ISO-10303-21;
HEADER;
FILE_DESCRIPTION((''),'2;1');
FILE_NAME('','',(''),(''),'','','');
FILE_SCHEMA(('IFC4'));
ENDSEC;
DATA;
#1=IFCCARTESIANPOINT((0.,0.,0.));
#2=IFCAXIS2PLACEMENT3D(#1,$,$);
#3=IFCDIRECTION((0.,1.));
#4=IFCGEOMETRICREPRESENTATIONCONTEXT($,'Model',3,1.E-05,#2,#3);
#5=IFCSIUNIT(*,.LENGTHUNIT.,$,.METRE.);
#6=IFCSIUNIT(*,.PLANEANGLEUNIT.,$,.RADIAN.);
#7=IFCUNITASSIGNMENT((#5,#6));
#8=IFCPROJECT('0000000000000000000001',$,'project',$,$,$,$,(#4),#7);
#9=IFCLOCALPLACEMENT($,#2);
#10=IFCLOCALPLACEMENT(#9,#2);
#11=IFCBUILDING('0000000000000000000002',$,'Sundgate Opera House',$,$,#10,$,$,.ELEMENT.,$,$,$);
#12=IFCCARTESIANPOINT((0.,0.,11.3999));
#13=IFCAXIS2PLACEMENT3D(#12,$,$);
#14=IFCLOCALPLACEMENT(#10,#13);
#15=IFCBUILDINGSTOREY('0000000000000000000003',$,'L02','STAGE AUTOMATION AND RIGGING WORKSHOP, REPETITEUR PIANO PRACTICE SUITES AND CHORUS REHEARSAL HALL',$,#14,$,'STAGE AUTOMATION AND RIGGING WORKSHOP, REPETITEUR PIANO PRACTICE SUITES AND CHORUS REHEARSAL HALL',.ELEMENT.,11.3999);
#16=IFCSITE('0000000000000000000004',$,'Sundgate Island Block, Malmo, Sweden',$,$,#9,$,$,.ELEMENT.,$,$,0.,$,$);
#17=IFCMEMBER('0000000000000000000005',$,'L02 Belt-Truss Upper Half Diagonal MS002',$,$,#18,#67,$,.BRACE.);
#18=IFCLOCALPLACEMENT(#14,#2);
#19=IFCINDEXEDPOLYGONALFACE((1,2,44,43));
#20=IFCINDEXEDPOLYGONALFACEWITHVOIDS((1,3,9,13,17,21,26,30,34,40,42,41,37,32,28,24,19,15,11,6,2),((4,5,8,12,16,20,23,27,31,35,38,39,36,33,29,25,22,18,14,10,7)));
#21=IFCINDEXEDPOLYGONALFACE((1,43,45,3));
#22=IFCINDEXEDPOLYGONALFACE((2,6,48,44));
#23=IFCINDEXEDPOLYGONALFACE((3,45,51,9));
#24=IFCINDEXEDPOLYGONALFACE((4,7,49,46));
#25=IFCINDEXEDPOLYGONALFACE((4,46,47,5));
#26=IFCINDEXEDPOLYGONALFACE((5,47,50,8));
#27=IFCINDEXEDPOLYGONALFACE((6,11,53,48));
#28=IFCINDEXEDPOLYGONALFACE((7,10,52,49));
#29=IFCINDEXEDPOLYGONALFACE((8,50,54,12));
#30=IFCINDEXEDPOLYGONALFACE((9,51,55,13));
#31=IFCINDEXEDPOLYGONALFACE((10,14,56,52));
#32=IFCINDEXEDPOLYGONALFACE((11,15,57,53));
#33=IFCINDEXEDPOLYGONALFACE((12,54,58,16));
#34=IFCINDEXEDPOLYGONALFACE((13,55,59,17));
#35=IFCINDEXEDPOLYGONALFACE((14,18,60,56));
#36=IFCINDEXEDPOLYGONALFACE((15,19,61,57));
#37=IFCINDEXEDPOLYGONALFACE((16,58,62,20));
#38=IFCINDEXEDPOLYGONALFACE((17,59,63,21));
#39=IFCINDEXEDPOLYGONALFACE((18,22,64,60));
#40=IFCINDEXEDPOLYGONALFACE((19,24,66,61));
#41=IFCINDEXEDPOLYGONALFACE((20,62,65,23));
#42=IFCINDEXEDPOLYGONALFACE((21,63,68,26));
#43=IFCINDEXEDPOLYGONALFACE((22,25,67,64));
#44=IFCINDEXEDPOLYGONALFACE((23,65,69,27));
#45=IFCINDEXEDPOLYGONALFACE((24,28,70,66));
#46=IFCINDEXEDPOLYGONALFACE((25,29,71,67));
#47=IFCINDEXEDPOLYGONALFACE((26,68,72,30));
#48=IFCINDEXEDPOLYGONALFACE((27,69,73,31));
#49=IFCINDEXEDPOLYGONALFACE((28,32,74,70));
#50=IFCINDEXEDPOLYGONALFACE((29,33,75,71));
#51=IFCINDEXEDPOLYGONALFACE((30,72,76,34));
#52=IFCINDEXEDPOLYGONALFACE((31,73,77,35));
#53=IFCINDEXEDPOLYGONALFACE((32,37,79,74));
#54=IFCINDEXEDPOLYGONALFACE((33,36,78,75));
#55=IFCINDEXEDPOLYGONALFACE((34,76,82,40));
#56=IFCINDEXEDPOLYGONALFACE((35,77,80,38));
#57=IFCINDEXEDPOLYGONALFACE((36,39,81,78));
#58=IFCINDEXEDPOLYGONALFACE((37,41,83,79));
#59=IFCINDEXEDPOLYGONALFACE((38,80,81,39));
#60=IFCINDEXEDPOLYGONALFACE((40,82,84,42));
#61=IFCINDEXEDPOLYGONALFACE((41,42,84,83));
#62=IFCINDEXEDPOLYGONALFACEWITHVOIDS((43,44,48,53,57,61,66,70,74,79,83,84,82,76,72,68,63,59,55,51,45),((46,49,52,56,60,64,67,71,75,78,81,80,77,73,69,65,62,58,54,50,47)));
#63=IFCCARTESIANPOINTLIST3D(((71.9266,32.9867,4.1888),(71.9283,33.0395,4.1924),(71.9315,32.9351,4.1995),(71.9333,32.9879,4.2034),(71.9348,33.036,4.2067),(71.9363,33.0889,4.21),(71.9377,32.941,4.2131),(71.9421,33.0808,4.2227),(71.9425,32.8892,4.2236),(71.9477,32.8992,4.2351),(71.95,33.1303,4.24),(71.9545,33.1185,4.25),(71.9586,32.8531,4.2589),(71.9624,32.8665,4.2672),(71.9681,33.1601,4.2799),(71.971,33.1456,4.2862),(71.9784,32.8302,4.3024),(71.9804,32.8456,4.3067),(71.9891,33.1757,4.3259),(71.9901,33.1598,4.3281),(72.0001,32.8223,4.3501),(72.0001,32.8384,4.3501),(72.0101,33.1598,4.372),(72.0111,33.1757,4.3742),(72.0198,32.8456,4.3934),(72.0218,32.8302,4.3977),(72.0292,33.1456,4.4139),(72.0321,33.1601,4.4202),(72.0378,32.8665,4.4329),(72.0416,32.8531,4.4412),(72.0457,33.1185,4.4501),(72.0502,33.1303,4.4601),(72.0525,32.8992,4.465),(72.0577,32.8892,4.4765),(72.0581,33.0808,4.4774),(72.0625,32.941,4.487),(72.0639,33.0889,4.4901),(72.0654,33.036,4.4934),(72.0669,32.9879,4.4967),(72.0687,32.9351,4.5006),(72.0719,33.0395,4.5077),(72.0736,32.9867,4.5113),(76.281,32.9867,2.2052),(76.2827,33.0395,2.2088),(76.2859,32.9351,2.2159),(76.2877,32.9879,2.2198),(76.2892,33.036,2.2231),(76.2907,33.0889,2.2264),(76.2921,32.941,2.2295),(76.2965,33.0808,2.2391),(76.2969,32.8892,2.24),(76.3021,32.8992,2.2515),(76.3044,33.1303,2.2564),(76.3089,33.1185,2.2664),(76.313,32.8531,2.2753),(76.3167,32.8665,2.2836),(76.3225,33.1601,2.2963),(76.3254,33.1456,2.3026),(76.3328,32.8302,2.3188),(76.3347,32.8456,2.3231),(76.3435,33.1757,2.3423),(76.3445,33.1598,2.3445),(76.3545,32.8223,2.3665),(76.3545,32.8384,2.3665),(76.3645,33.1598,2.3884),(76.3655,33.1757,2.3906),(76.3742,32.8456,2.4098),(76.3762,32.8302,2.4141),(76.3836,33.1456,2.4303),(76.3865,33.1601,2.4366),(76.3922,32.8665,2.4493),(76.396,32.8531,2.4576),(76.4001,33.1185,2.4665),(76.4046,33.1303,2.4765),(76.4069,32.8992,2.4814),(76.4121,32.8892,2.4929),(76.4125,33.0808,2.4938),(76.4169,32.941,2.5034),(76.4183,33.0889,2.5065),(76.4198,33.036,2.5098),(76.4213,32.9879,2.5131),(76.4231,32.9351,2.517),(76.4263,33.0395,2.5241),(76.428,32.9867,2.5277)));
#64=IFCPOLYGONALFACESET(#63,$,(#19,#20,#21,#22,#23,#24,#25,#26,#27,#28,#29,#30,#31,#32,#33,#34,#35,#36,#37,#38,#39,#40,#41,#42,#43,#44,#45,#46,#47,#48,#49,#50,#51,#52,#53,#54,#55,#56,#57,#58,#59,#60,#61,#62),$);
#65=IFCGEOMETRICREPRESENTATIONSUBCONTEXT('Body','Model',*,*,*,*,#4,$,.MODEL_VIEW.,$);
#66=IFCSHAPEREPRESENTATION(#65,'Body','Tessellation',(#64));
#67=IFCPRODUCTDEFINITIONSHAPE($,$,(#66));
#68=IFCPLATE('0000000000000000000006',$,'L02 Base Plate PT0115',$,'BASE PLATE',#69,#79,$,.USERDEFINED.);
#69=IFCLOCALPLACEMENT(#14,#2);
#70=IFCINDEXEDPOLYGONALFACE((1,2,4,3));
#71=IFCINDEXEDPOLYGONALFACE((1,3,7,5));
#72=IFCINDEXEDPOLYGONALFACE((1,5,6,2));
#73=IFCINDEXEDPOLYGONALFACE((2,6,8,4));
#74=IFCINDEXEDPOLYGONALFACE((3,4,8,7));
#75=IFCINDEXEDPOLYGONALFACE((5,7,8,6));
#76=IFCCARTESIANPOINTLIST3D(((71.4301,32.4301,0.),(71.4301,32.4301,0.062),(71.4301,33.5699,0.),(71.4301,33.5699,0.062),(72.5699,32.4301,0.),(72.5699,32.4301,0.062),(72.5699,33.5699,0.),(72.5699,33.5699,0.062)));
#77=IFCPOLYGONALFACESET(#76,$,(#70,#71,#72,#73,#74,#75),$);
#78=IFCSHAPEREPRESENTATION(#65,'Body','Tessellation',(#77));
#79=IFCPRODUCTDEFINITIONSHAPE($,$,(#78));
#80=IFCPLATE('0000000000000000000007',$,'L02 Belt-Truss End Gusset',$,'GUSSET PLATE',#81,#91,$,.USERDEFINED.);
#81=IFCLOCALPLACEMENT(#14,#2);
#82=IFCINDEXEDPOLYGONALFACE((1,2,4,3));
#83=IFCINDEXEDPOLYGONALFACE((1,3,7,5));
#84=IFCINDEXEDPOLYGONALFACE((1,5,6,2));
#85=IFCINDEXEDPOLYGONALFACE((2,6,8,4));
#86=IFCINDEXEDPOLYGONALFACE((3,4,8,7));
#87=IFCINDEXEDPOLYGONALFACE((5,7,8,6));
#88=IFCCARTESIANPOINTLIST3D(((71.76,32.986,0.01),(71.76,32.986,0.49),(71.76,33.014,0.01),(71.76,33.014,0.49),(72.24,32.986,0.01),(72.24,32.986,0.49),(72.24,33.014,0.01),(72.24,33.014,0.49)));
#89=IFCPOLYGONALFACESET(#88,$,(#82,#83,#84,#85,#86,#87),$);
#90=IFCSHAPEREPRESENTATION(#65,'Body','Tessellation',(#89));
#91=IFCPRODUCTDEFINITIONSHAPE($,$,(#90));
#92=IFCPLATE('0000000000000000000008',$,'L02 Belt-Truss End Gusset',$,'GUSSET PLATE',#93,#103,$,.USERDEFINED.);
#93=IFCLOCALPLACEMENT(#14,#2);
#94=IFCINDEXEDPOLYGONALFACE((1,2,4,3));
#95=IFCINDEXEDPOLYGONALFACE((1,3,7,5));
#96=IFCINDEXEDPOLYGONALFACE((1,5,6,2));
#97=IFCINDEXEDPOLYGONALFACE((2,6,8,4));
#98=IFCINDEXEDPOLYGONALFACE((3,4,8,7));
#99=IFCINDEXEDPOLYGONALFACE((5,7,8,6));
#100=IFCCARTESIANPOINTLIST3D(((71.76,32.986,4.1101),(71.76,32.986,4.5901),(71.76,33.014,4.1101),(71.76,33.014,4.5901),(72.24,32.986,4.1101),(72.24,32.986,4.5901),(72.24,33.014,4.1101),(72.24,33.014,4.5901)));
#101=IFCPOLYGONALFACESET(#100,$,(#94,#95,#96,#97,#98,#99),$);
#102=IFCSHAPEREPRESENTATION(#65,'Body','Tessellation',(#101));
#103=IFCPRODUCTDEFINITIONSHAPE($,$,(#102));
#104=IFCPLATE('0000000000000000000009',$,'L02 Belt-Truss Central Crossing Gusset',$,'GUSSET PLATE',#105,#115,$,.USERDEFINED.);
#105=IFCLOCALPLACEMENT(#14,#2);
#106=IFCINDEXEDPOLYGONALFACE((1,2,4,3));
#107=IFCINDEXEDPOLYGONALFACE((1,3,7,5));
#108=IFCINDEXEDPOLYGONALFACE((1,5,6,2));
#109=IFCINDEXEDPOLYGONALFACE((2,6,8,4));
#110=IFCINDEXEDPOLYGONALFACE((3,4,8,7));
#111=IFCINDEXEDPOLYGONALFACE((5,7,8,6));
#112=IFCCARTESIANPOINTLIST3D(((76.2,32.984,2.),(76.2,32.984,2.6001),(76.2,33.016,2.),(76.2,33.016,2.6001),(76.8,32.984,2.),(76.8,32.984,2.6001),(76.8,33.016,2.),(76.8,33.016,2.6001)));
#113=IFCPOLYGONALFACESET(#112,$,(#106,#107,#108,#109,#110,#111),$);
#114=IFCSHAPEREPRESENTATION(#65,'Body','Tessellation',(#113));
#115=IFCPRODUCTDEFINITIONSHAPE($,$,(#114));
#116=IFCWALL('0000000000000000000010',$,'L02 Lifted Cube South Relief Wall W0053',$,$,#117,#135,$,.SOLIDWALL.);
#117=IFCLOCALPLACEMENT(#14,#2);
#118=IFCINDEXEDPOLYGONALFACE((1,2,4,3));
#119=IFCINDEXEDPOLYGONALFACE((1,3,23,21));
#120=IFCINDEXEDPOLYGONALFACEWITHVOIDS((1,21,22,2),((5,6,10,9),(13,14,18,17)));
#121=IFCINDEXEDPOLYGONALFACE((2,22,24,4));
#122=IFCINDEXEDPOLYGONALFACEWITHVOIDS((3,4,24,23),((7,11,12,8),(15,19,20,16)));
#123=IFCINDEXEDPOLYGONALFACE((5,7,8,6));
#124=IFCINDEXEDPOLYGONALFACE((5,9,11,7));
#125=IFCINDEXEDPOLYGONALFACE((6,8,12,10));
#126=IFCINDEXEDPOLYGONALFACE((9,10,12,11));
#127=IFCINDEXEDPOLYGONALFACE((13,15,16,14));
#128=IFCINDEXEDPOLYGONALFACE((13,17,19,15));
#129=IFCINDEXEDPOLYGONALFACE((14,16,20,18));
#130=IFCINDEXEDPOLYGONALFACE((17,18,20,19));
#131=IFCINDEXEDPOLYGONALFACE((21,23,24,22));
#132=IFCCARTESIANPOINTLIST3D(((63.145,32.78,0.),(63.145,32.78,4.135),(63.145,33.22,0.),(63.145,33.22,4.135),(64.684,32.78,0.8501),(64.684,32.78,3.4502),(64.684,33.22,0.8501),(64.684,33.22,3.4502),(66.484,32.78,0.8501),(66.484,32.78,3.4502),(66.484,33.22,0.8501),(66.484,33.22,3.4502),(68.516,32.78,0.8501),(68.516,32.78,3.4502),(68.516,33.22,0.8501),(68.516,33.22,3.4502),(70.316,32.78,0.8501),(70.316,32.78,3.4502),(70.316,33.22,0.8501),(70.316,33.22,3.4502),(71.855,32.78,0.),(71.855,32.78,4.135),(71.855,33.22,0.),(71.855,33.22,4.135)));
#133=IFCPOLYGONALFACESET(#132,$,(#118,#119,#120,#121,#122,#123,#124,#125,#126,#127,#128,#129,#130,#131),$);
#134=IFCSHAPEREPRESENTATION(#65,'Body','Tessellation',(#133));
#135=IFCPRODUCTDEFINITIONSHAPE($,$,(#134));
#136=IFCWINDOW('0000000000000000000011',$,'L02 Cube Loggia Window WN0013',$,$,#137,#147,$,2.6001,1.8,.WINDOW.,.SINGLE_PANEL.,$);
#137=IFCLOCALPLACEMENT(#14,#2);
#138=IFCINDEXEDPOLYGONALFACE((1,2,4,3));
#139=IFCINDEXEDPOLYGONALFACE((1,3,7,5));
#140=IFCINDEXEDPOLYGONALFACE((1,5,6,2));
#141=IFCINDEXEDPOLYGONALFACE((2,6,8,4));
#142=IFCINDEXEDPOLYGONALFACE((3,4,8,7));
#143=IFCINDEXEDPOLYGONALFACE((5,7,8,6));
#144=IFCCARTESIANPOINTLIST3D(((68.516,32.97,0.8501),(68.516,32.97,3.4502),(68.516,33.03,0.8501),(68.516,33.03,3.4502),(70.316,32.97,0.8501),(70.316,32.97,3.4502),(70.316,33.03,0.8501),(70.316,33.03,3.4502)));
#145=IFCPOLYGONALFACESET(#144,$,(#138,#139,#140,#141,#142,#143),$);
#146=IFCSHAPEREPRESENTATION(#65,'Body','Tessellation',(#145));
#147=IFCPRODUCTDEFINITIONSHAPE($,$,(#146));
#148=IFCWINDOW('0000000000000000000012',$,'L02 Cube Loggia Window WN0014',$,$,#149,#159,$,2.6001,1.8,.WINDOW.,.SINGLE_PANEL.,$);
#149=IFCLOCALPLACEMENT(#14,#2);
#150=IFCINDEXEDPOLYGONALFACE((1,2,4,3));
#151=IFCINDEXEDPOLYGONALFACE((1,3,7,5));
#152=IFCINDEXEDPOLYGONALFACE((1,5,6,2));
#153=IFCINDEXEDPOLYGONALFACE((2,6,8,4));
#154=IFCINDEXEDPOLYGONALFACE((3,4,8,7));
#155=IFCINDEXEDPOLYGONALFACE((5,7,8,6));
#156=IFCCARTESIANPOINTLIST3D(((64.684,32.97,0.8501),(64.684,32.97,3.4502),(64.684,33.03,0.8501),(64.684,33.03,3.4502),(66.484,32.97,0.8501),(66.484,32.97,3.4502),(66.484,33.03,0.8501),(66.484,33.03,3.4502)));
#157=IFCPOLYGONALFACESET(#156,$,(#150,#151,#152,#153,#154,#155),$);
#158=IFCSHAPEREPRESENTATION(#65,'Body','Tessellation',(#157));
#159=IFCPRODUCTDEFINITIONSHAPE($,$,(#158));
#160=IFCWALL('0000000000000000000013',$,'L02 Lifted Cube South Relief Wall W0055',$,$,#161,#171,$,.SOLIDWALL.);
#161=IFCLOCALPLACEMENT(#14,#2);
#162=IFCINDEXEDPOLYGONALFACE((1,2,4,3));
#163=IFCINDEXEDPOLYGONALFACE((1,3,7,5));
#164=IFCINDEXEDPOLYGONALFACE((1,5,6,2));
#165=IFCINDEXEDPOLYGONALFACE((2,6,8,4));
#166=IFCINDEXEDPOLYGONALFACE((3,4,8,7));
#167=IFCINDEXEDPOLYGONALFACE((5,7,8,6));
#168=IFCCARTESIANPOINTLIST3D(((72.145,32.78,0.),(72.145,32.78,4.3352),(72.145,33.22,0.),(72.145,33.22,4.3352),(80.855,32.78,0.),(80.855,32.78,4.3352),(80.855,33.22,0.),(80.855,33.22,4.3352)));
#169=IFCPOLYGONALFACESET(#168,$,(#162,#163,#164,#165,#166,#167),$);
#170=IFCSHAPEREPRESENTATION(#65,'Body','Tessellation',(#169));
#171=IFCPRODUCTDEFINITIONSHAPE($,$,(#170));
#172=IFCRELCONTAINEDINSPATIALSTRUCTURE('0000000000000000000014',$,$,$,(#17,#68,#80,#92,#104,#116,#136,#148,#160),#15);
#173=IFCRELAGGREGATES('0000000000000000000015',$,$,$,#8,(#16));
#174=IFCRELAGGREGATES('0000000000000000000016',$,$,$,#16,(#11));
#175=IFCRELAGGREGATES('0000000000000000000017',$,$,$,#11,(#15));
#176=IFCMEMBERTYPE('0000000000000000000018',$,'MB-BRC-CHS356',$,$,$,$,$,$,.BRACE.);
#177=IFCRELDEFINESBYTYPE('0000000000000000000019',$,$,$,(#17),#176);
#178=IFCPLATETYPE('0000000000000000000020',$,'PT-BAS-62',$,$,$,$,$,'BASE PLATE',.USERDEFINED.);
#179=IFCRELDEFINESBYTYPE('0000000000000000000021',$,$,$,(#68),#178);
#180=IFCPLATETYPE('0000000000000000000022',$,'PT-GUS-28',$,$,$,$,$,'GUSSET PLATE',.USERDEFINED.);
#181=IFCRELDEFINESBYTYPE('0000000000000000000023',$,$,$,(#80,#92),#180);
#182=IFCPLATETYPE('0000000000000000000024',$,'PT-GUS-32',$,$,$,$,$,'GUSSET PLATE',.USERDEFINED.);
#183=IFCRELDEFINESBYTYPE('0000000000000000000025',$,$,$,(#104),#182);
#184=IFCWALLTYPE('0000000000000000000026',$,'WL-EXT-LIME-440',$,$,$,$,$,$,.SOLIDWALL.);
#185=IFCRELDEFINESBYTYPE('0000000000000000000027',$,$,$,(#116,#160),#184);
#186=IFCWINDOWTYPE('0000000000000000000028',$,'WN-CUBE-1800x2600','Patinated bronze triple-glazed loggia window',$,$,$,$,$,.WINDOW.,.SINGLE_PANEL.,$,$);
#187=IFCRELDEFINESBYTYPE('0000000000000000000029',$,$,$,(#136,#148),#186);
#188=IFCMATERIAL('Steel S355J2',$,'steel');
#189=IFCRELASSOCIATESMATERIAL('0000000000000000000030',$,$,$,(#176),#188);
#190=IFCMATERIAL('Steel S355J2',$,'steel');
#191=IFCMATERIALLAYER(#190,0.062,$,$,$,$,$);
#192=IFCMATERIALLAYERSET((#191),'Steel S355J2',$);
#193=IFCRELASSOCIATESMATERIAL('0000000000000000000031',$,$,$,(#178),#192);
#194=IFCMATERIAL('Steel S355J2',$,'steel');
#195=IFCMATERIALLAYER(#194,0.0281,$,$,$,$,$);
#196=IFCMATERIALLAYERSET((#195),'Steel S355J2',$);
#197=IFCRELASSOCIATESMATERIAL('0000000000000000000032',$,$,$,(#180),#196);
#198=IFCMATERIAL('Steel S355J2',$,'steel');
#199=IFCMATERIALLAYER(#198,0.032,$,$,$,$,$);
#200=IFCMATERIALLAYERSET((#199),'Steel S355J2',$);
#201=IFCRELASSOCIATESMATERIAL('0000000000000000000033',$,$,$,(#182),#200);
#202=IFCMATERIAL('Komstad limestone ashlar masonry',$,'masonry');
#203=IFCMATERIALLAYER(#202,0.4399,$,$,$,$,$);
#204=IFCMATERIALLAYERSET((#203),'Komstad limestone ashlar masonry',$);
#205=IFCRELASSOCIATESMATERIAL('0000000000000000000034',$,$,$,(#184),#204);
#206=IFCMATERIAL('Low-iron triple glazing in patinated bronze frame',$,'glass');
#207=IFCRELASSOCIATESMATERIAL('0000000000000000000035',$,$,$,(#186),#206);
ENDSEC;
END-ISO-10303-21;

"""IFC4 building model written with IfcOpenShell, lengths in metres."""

from ifc_helpers import new_model, si_unit, direction, frame, frame_2d, origin, origin_2d, place, context, subcontext, project, spatial, rectangle, hollow_circle, extrude, material, layer, layer_set, material_profile, profile_set, type_object, element, fill, save


model = new_model("IFC4")

# Units and contexts
model_context = context("Model", 3, precision=1e-05, world=origin(), true_north=direction((0.0, 1.0)))
body_context = subcontext(model_context, "Body", "Model", "MODEL_VIEW")
ifc_project = project(units=[si_unit("LENGTHUNIT", "METRE"), si_unit("PLANEANGLEUNIT", "RADIAN")], contexts=[model_context])

# Site, building, storey
site_placement = place(None, origin())
site = spatial("IfcSite", under=ifc_project, at=site_placement, Name="Sundgate Island Block, Malmo, Sweden", CompositionType="ELEMENT", RefElevation=0.0)
building_placement = place(site_placement, origin())
building = spatial("IfcBuilding", under=site, at=building_placement, Name="Sundgate Opera House", CompositionType="ELEMENT")
storey_placement = place(building_placement, frame((0.0, 0.0, 11.3999)))
storey = spatial("IfcBuildingStorey", under=building, at=storey_placement, Name="L02", Description="STAGE AUTOMATION AND RIGGING WORKSHOP, REPETITEUR PIANO PRACTICE SUITES AND CHORUS REHEARSAL HALL", LongName="STAGE AUTOMATION AND RIGGING WORKSHOP, REPETITEUR PIANO PRACTICE SUITES AND CHORUS REHEARSAL HALL", CompositionType="ELEMENT", Elevation=11.3999)

# Member
ifc_material_1 = material(Name="Steel S355J2", Category="steel")
ifc_material_profile_1 = material_profile(ifc_material_1, hollow_circle(Radius=0.1777, WallThickness=0.0161, at=origin_2d()), Name="CHS 355.6x16.0")
ifc_profile_set_1 = profile_set([ifc_material_profile_1], Name="Steel S355J2")
member_type_1 = type_object("IfcMemberType", Name="MB-BRC-CHS356", PredefinedType="BRACE", material=ifc_profile_set_1)
member_1_placement = place(storey_placement, frame((76.3545, 33.0, 2.3665), z_axis=(-0.910025, 0.0, 0.414552), x_axis=(0.0, -1.0, 0.0)))
element("IfcMember", 1, at=member_1_placement, inside=storey, type_object=member_type_1, Name="L02 Belt-Truss Upper Half Diagonal MS002", PredefinedType="BRACE", context=body_context, shape_type="SweptSolid", body=[
    extrude(hollow_circle(Radius=0.1777, WallThickness=0.0161, at=origin_2d()), origin(), (0.0, 0.0, 1.0), 4.7849),
])

# Plates
ifc_material_2 = material(Name="Steel S355J2", Category="steel")
ifc_layer_1 = layer(ifc_material_2, 0.062)
ifc_layer_set_1 = layer_set([ifc_layer_1], Name="Steel S355J2")
plate_type_1 = type_object("IfcPlateType", Name="PT-BAS-62", ElementType="BASE PLATE", PredefinedType="USERDEFINED", material=ifc_layer_set_1)
plate_1_placement = place(storey_placement, frame((72.0, 33.0, 0.0), z_axis=(0.0, 0.0, 1.0), x_axis=(1.0, 0.0, 0.0)))
element("IfcPlate", 2, at=plate_1_placement, inside=storey, type_object=plate_type_1, Name="L02 Base Plate PT0115", ObjectType="BASE PLATE", PredefinedType="USERDEFINED", context=body_context, shape_type="SweptSolid", body=[
    extrude(rectangle(XDim=1.1399, YDim=1.1399, at=origin_2d()), origin(), (0.0, 0.0, 1.0), 0.062),
])
ifc_material_3 = material(Name="Steel S355J2", Category="steel")
ifc_layer_2 = layer(ifc_material_3, 0.0281)
ifc_layer_set_2 = layer_set([ifc_layer_2], Name="Steel S355J2")
plate_type_2 = type_object("IfcPlateType", Name="PT-GUS-28", ElementType="GUSSET PLATE", PredefinedType="USERDEFINED", material=ifc_layer_set_2)
for number, where, z_axis, x_axis, name in (
    (3, (72.0, 33.0, 0.01), (0.0, 0.0, 1.0), (1.0, 0.0, 0.0), "L02 Belt-Truss End Gusset"),
    (4, (72.0, 33.0, 4.1101), (0.0, 0.0, 1.0), (1.0, 0.0, 0.0), "L02 Belt-Truss End Gusset"),
):
    element("IfcPlate", number, at=place(storey_placement, frame(where, z_axis=z_axis, x_axis=x_axis)), inside=storey, type_object=plate_type_2, Name=name, ObjectType="GUSSET PLATE", PredefinedType="USERDEFINED", context=body_context, shape_type="SweptSolid", body=[
        extrude(rectangle(XDim=0.48, YDim=0.0281, at=origin_2d()), origin(), (0.0, 0.0, 1.0), 0.48),
    ])
ifc_material_4 = material(Name="Steel S355J2", Category="steel")
ifc_layer_3 = layer(ifc_material_4, 0.032)
ifc_layer_set_3 = layer_set([ifc_layer_3], Name="Steel S355J2")
plate_type_3 = type_object("IfcPlateType", Name="PT-GUS-32", ElementType="GUSSET PLATE", PredefinedType="USERDEFINED", material=ifc_layer_set_3)
plate_2_placement = place(storey_placement, frame((76.5, 33.0, 2.0), z_axis=(0.0, 0.0, 1.0), x_axis=(1.0, 0.0, 0.0)))
element("IfcPlate", 5, at=plate_2_placement, inside=storey, type_object=plate_type_3, Name="L02 Belt-Truss Central Crossing Gusset", ObjectType="GUSSET PLATE", PredefinedType="USERDEFINED", context=body_context, shape_type="SweptSolid", body=[
    extrude(rectangle(XDim=0.6001, YDim=0.032, at=origin_2d()), origin(), (0.0, 0.0, 1.0), 0.6001),
])

# Wall, openings, windows
ifc_material_5 = material(Name="Komstad limestone ashlar masonry", Category="masonry")
ifc_layer_4 = layer(ifc_material_5, 0.4399)
ifc_layer_set_4 = layer_set([ifc_layer_4], Name="Komstad limestone ashlar masonry")
wall_type = type_object("IfcWallType", Name="WL-EXT-LIME-440", PredefinedType="SOLIDWALL", material=ifc_layer_set_4)
wall_1_placement = place(storey_placement, frame((71.855, 33.0, 0.0), z_axis=(0.0, 0.0, 1.0), x_axis=(-1.0, 0.0, 0.0)))
wall_1 = element("IfcWall", 6, at=wall_1_placement, inside=storey, type_object=wall_type, Name="L02 Lifted Cube South Relief Wall W0053", PredefinedType="SOLIDWALL", context=body_context, shape_type="SweptSolid", body=[
    extrude(rectangle(XDim=8.71, YDim=0.4399, at=frame_2d((4.355, 0.0))), origin(), (0.0, 0.0, 1.0), 4.135),
])
opening_1_placement = place(wall_1_placement, frame((1.5391, 0.0, 0.8501)))
opening_1 = element("IfcOpeningElement", 7, at=opening_1_placement, cuts=wall_1, PredefinedType="OPENING", context=body_context, shape_type="SweptSolid", body=[
    extrude(rectangle(XDim=1.8, YDim=2.6001, at=frame_2d((0.8999, 1.3))), frame((0.0, 0.23, 0.0), z_axis=(0.0, -1.0, 0.0), x_axis=(1.0, 0.0, 0.0)), (0.0, 0.0, 1.0), 0.46),
])
opening_2_placement = place(wall_1_placement, frame((5.3711, 0.0, 0.8501)))
opening_2 = element("IfcOpeningElement", 8, at=opening_2_placement, cuts=wall_1, PredefinedType="OPENING", context=body_context, shape_type="SweptSolid", body=[
    extrude(rectangle(XDim=1.8, YDim=2.6001, at=frame_2d((0.8999, 1.3))), frame((0.0, 0.23, 0.0), z_axis=(0.0, -1.0, 0.0), x_axis=(1.0, 0.0, 0.0)), (0.0, 0.0, 1.0), 0.46),
])
ifc_material_6 = material(Name="Low-iron triple glazing in patinated bronze frame", Category="glass")
window_type = type_object("IfcWindowType", Name="WN-CUBE-1800x2600", Description="Patinated bronze triple-glazed loggia window", PartitioningType="SINGLE_PANEL", PredefinedType="WINDOW", material=ifc_material_6)
window_1_placement = place(opening_1_placement, origin())
window_1 = element("IfcWindow", 9, at=window_1_placement, inside=storey, type_object=window_type, Name="L02 Cube Loggia Window WN0013", OverallHeight=2.6001, OverallWidth=1.8, PartitioningType="SINGLE_PANEL", PredefinedType="WINDOW", context=body_context, shape_type="SweptSolid", body=[
    extrude(rectangle(XDim=1.8, YDim=2.6001, at=frame_2d((0.8999, 1.3))), frame((0.0, 0.03, 0.0), z_axis=(0.0, -1.0, 0.0), x_axis=(1.0, 0.0, 0.0)), (0.0, 0.0, 1.0), 0.0601),
])
fill(opening_1, window_1)
window_2_placement = place(opening_2_placement, origin())
window_2 = element("IfcWindow", 10, at=window_2_placement, inside=storey, type_object=window_type, Name="L02 Cube Loggia Window WN0014", OverallHeight=2.6001, OverallWidth=1.8, PartitioningType="SINGLE_PANEL", PredefinedType="WINDOW", context=body_context, shape_type="SweptSolid", body=[
    extrude(rectangle(XDim=1.8, YDim=2.6001, at=frame_2d((0.8999, 1.3))), frame((0.0, 0.03, 0.0), z_axis=(0.0, -1.0, 0.0), x_axis=(1.0, 0.0, 0.0)), (0.0, 0.0, 1.0), 0.0601),
])
fill(opening_2, window_2)

# Wall
wall_2_placement = place(storey_placement, frame((80.855, 33.0, 0.0), z_axis=(0.0, 0.0, 1.0), x_axis=(-1.0, 0.0, 0.0)))
element("IfcWall", 11, at=wall_2_placement, inside=storey, type_object=wall_type, Name="L02 Lifted Cube South Relief Wall W0055", PredefinedType="SOLIDWALL", context=body_context, shape_type="SweptSolid", body=[
    extrude(rectangle(XDim=8.71, YDim=0.4399, at=frame_2d((4.355, 0.0))), origin(), (0.0, 0.0, 1.0), 4.3352),
])

save(model, "model.ifc")
